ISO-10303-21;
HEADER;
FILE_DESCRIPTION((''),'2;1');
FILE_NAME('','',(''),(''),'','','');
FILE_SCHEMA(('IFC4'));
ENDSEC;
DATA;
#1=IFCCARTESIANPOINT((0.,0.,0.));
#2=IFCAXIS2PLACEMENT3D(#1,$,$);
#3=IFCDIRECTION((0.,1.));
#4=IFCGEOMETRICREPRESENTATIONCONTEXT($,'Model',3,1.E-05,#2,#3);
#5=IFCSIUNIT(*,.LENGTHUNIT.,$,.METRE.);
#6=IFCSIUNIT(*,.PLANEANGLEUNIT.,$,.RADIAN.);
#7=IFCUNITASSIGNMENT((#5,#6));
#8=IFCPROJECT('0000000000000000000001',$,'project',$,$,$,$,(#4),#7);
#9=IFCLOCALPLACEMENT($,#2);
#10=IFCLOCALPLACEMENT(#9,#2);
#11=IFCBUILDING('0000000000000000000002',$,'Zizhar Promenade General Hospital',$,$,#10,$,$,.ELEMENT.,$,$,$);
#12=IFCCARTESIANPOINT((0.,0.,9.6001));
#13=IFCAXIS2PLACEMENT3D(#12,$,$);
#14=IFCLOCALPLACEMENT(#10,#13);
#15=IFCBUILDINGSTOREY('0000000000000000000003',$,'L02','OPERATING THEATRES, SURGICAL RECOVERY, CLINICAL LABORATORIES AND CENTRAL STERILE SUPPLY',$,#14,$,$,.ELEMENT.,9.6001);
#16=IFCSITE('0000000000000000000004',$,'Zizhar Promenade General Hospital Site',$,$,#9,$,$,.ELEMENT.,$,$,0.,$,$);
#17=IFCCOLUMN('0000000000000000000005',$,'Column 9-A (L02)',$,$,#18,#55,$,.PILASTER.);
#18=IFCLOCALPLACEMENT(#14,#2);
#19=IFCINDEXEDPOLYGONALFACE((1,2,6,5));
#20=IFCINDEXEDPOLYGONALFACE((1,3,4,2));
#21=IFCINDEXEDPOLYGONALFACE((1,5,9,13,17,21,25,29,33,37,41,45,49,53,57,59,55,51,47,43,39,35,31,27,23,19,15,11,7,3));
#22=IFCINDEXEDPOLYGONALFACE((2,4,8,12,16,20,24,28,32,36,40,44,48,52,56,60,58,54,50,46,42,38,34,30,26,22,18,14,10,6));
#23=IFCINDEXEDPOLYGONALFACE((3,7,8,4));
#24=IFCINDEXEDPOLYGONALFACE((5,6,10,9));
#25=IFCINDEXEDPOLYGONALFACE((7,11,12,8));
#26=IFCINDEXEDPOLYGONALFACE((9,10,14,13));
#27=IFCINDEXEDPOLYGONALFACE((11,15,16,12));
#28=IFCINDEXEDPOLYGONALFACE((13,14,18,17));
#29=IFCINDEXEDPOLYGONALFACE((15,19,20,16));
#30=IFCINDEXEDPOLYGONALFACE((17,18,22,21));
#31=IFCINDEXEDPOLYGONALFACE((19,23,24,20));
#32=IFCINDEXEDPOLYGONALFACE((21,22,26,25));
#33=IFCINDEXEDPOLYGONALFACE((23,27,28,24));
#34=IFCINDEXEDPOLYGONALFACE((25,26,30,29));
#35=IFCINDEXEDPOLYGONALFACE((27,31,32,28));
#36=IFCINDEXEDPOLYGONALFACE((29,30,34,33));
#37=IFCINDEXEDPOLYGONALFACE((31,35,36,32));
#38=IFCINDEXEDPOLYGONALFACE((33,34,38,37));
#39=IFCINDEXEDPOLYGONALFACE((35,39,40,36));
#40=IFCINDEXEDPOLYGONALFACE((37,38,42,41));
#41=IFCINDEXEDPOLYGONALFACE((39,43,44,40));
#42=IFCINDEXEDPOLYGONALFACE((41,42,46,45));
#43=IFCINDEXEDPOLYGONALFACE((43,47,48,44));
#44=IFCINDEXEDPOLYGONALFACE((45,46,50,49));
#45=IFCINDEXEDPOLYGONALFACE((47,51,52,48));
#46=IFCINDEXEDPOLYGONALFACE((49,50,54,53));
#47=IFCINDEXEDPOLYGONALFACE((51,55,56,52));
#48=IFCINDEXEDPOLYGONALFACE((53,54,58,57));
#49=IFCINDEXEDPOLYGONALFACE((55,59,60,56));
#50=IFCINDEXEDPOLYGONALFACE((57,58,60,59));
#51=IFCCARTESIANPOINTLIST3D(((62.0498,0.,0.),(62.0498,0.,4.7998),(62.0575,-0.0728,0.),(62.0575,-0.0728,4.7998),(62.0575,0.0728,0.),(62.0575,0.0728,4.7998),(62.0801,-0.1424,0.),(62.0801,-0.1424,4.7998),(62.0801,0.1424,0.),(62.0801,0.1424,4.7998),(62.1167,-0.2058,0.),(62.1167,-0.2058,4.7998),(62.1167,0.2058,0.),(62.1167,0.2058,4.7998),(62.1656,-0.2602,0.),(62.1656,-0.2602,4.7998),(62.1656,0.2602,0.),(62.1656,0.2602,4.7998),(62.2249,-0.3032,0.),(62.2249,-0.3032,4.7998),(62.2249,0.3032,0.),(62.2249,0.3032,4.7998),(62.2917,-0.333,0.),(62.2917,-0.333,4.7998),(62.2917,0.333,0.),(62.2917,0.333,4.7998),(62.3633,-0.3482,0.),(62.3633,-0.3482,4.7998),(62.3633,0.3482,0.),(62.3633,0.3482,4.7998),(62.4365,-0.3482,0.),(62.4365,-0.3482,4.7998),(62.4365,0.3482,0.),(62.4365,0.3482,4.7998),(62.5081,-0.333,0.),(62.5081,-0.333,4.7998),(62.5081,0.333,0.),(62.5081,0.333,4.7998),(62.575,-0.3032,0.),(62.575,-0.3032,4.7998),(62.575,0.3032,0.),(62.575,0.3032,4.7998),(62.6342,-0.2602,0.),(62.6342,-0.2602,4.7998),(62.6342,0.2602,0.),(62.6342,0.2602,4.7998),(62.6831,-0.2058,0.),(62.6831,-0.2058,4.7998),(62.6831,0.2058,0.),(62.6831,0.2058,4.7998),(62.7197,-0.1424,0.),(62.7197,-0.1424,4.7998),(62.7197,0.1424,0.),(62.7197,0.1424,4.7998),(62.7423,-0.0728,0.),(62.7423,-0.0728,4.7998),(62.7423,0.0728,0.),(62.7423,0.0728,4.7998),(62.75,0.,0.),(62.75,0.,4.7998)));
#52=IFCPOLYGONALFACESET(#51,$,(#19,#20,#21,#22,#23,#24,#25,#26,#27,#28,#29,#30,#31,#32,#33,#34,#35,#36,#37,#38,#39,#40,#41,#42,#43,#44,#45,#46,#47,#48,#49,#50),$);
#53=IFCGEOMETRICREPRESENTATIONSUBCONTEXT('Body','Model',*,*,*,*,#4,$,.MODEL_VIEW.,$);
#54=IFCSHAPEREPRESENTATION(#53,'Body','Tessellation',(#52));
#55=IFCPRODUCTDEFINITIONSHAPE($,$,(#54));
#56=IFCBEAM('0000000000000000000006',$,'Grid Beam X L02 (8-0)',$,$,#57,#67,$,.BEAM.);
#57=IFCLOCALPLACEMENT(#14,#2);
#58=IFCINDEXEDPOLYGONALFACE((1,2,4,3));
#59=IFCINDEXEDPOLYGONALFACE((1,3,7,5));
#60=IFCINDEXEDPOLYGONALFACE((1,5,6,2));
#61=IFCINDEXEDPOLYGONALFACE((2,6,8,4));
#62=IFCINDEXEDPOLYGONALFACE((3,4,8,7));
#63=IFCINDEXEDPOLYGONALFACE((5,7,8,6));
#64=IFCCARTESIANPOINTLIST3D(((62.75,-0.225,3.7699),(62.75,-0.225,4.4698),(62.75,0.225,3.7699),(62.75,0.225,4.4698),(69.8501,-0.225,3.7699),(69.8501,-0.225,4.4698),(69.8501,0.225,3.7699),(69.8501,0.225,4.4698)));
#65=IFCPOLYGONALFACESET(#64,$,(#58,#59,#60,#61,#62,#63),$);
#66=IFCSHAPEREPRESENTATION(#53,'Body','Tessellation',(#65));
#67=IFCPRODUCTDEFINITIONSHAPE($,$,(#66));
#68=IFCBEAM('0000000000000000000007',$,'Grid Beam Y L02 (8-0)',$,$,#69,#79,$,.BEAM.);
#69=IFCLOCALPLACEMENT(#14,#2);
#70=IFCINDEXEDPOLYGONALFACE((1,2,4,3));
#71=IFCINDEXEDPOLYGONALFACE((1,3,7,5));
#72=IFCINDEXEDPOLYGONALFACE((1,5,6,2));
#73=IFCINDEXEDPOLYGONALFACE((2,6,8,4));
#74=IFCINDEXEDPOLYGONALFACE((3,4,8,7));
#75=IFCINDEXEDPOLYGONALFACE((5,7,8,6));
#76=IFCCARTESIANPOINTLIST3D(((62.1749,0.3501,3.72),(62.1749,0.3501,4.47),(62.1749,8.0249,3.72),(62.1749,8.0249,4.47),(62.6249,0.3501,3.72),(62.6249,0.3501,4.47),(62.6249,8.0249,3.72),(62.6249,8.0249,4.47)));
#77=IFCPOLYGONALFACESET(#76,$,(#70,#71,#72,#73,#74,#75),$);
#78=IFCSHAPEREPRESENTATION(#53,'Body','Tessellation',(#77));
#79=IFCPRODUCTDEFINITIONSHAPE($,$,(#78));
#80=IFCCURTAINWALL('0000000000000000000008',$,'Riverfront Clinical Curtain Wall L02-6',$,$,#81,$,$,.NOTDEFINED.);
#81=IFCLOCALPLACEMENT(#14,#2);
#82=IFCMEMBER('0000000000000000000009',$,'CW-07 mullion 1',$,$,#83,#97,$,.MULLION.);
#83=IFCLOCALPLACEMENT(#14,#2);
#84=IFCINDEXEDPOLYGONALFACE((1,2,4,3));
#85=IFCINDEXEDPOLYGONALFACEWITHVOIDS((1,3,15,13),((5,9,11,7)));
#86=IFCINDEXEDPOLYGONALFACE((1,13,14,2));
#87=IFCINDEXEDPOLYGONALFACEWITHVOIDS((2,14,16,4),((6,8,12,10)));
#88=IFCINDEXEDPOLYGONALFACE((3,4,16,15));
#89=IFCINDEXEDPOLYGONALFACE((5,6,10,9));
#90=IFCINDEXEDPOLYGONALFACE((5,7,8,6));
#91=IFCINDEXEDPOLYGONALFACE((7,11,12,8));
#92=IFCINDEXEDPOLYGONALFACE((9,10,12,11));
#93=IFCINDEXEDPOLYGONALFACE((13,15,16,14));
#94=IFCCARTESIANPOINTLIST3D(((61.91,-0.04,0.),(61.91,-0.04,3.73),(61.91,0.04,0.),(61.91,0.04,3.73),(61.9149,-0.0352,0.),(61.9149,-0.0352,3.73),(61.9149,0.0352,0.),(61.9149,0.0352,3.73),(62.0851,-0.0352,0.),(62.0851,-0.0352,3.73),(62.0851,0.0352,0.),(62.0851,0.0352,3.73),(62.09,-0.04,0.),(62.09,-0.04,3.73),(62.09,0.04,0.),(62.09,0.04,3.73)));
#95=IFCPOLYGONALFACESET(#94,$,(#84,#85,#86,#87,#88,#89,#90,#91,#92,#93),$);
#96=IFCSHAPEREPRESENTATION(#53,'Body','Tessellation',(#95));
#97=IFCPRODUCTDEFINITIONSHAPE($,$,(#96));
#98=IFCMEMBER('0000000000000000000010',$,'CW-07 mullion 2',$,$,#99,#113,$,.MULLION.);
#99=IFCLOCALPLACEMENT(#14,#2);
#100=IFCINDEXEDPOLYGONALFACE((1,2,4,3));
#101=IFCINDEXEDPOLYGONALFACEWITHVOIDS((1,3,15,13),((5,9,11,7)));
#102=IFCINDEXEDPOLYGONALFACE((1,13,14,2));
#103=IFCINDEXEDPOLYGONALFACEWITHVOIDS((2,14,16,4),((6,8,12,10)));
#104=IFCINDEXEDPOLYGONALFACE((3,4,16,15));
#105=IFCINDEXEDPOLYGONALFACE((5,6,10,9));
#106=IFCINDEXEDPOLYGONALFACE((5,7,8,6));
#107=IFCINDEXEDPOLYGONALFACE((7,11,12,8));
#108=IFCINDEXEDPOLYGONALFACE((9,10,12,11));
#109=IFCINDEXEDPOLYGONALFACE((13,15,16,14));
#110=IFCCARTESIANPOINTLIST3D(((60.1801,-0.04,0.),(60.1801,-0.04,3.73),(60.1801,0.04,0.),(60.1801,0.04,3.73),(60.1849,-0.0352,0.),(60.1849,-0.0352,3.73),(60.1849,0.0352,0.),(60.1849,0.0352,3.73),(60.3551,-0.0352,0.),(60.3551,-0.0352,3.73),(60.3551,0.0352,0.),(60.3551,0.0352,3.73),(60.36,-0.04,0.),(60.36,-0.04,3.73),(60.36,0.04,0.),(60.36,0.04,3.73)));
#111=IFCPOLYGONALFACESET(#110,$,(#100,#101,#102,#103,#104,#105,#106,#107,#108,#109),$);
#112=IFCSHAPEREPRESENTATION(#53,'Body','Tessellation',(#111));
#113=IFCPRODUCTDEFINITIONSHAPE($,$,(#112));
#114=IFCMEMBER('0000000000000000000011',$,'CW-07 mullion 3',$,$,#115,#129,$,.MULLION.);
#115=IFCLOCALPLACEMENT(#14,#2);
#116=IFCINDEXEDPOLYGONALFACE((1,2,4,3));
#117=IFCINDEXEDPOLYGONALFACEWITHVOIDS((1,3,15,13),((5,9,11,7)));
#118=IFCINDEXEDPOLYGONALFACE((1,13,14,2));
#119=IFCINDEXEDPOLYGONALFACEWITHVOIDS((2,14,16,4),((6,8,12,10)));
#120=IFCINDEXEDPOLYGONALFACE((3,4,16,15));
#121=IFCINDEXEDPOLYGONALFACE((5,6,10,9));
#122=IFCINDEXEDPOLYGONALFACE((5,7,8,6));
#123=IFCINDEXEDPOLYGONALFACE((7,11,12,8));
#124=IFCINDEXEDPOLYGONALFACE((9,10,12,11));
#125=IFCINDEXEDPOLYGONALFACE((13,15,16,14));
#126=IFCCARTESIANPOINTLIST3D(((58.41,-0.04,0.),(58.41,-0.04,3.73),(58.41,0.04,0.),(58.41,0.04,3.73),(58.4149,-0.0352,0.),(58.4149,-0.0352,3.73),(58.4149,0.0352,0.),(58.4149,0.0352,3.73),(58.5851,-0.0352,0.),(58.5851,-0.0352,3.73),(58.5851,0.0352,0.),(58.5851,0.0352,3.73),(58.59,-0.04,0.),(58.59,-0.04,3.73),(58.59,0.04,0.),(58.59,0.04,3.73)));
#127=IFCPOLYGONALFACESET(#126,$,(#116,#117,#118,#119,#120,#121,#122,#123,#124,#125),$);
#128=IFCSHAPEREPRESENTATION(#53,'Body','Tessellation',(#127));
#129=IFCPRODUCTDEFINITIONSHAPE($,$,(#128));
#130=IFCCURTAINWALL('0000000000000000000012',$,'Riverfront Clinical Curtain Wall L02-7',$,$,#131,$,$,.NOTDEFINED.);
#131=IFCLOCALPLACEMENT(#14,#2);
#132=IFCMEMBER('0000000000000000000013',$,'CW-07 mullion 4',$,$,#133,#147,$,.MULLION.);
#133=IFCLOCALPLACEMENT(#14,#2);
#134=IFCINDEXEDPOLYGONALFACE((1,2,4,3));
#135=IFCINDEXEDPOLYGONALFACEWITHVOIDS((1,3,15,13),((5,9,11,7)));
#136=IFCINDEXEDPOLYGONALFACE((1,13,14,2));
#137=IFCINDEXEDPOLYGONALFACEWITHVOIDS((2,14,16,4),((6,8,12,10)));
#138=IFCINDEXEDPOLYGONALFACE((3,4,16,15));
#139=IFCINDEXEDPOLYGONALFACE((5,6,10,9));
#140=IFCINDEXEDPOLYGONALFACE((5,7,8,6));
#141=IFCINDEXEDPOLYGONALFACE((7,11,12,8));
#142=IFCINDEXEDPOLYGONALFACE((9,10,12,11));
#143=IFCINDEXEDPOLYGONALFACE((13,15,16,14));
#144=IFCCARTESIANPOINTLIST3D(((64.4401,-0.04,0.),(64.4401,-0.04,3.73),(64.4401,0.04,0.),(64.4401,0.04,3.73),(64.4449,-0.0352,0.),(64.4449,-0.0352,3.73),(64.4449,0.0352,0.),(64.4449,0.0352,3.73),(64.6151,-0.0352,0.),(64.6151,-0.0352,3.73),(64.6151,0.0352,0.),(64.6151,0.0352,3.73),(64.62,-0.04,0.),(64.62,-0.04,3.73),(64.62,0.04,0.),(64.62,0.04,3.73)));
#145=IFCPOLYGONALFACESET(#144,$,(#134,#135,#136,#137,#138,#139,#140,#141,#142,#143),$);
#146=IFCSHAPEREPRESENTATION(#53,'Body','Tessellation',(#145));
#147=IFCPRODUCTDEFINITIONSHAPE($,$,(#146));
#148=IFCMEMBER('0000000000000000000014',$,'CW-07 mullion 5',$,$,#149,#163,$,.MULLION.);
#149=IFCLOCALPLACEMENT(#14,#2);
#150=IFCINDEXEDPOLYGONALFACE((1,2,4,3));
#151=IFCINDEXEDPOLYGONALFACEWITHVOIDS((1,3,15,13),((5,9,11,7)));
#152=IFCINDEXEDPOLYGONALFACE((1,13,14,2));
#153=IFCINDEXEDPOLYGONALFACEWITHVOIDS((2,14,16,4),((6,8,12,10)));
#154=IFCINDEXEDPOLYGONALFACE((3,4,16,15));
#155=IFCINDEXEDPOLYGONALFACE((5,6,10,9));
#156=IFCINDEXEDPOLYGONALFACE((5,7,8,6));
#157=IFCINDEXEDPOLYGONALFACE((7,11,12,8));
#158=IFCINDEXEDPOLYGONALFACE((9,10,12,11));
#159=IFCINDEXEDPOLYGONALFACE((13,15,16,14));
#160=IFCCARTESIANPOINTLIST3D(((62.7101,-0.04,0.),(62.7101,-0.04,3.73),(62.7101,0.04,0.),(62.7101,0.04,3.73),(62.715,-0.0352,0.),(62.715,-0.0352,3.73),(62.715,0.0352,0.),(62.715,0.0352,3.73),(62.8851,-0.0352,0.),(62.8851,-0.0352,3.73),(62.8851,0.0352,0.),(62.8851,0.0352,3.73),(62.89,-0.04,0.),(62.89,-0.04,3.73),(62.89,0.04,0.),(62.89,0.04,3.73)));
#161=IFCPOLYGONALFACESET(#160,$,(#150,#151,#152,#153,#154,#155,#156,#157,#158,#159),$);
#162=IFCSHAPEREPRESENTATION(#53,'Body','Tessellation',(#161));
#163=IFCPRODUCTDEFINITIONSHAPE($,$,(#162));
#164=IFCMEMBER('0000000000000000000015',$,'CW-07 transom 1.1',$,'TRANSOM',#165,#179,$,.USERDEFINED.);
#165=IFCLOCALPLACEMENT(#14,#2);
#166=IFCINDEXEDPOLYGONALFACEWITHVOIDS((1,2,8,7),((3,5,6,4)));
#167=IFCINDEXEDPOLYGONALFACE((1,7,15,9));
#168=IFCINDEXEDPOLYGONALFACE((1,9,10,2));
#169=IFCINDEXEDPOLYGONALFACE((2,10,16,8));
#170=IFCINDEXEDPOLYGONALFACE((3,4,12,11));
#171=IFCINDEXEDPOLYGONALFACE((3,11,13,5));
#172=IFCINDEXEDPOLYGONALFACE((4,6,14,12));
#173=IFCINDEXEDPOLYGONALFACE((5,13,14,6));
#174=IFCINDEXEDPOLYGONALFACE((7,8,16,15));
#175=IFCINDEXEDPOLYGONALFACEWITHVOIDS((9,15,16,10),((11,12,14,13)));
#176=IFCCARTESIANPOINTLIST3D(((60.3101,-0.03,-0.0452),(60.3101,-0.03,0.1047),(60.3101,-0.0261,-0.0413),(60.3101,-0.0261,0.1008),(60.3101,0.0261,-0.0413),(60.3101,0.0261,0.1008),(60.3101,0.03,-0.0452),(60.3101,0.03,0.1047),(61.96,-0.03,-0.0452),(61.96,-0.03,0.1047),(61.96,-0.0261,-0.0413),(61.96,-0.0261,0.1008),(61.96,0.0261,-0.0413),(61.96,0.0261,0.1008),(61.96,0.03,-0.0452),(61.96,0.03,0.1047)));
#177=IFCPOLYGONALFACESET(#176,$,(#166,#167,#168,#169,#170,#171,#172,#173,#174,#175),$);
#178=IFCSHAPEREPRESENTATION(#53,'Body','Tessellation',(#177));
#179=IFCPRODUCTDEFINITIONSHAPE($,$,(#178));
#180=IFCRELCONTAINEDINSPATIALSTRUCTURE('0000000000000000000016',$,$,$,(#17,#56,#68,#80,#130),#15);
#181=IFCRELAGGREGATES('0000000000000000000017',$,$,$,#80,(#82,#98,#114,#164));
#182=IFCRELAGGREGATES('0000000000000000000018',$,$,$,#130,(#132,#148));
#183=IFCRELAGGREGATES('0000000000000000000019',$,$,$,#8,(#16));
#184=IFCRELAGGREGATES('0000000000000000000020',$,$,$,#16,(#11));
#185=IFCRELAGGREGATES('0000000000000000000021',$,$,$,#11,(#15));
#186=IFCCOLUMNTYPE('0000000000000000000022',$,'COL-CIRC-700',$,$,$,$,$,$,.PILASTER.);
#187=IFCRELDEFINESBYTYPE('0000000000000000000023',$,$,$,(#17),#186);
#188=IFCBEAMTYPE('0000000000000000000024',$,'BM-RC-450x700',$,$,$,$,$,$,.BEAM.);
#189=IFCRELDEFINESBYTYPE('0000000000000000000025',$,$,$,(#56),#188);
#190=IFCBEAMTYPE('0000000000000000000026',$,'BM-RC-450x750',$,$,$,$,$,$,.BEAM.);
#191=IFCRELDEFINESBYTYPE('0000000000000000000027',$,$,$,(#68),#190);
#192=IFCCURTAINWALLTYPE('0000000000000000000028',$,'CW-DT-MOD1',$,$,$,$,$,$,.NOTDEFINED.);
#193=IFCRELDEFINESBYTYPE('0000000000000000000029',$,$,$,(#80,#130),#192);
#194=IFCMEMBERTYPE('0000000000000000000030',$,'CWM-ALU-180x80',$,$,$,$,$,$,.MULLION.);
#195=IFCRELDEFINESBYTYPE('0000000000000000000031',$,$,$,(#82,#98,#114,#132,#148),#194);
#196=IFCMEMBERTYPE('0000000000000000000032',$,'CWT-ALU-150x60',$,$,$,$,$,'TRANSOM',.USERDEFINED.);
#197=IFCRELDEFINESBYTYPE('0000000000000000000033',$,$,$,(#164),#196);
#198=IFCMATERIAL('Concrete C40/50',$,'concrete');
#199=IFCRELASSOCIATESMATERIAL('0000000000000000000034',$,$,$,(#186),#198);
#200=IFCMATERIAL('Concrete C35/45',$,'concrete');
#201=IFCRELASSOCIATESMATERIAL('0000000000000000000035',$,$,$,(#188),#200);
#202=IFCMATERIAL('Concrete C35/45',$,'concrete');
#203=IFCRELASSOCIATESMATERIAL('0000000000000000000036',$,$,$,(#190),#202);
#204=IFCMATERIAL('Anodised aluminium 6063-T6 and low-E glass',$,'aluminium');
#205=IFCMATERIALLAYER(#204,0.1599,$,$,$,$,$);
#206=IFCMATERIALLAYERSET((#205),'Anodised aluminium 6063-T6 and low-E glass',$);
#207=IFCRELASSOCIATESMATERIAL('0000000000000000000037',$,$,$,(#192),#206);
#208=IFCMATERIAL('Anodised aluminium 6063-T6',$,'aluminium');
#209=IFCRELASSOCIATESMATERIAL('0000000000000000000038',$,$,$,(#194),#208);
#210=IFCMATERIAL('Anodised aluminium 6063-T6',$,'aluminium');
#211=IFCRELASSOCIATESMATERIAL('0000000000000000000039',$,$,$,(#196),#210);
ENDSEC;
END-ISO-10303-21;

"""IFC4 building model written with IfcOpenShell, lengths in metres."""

from ifc_helpers import new_model, si_unit, direction, frame, origin, origin_2d, place, context, subcontext, project, spatial, rectangle, hollow_rectangle, circle, extrude, material, layer, layer_set, material_profile, profile_set, type_object, element, aggregate, save


model = new_model("IFC4")

# Units and contexts
model_context = context("Model", 3, precision=1e-05, world=origin(), true_north=direction((0.0, 1.0)))
body_context = subcontext(model_context, "Body", "Model", "MODEL_VIEW")
ifc_project = project(units=[si_unit("LENGTHUNIT", "METRE"), si_unit("PLANEANGLEUNIT", "RADIAN")], contexts=[model_context])

# Site, building, storey
site_placement = place(None, origin())
site = spatial("IfcSite", under=ifc_project, at=site_placement, Name="Zizhar Promenade General Hospital Site", CompositionType="ELEMENT", RefElevation=0.0)
building_placement = place(site_placement, origin())
building = spatial("IfcBuilding", under=site, at=building_placement, Name="Zizhar Promenade General Hospital", CompositionType="ELEMENT")
storey_placement = place(building_placement, frame((0.0, 0.0, 9.6001)))
storey = spatial("IfcBuildingStorey", under=building, at=storey_placement, Name="L02", Description="OPERATING THEATRES, SURGICAL RECOVERY, CLINICAL LABORATORIES AND CENTRAL STERILE SUPPLY", CompositionType="ELEMENT", Elevation=9.6001)

# Column
ifc_material_1 = material(Name="Concrete C40/50", Category="concrete")
ifc_material_profile_1 = material_profile(ifc_material_1, circle(Radius=0.3501, at=origin_2d()))
ifc_profile_set_1 = profile_set([ifc_material_profile_1], Name="Concrete C40/50")
column_type = type_object("IfcColumnType", Name="COL-CIRC-700", PredefinedType="PILASTER", material=ifc_profile_set_1)
column_placement = place(storey_placement, frame((62.3999, 0.0, 0.0), z_axis=(0.0, 0.0, 1.0), x_axis=(1.0, 0.0, 0.0)))
element("IfcColumn", 1, at=column_placement, inside=storey, type_object=column_type, Name="Column 9-A (L02)", PredefinedType="PILASTER", context=body_context, shape_type="SweptSolid", body=[
    extrude(circle(Radius=0.3501, at=origin_2d()), origin(), (0.0, 0.0, 1.0), 4.7998),
])

# Beams
ifc_material_2 = material(Name="Concrete C35/45", Category="concrete")
ifc_material_profile_2 = material_profile(ifc_material_2, rectangle(XDim=0.45, YDim=0.7, at=origin_2d()))
ifc_profile_set_2 = profile_set([ifc_material_profile_2], Name="Concrete C35/45")
beam_type_1 = type_object("IfcBeamType", Name="BM-RC-450x700", PredefinedType="BEAM", material=ifc_profile_set_2)
beam_1_placement = place(storey_placement, frame((62.75, 0.0, 4.1199), z_axis=(1.0, 0.0, 0.0), x_axis=(0.0, 1.0, 0.0)))
element("IfcBeam", 2, at=beam_1_placement, inside=storey, type_object=beam_type_1, Name="Grid Beam X L02 (8-0)", PredefinedType="BEAM", context=body_context, shape_type="SweptSolid", body=[
    extrude(rectangle(XDim=0.45, YDim=0.7, at=origin_2d()), origin(), (0.0, 0.0, 1.0), 7.1001),
])
ifc_material_3 = material(Name="Concrete C35/45", Category="concrete")
ifc_material_profile_3 = material_profile(ifc_material_3, rectangle(XDim=0.45, YDim=0.75, at=origin_2d()))
ifc_profile_set_3 = profile_set([ifc_material_profile_3], Name="Concrete C35/45")
beam_type_2 = type_object("IfcBeamType", Name="BM-RC-450x750", PredefinedType="BEAM", material=ifc_profile_set_3)
beam_2_placement = place(storey_placement, frame((62.3999, 0.3501, 4.095), z_axis=(0.0, 1.0, 0.0), x_axis=(-1.0, 0.0, 0.0)))
element("IfcBeam", 3, at=beam_2_placement, inside=storey, type_object=beam_type_2, Name="Grid Beam Y L02 (8-0)", PredefinedType="BEAM", context=body_context, shape_type="SweptSolid", body=[
    extrude(rectangle(XDim=0.45, YDim=0.75, at=origin_2d()), origin(), (0.0, 0.0, 1.0), 7.6748),
])

# Curtain walls, members
ifc_material_4 = material(Name="Anodised aluminium 6063-T6 and low-E glass", Category="aluminium")
ifc_layer_1 = layer(ifc_material_4, 0.1599)
ifc_layer_set_1 = layer_set([ifc_layer_1], Name="Anodised aluminium 6063-T6 and low-E glass")
curtain_wall_type = type_object("IfcCurtainWallType", Name="CW-DT-MOD1", PredefinedType="NOTDEFINED", material=ifc_layer_set_1)
curtain_wall_1_placement = place(storey_placement, origin())
curtain_wall_1 = element("IfcCurtainWall", 4, at=curtain_wall_1_placement, inside=storey, type_object=curtain_wall_type, Name="Riverfront Clinical Curtain Wall L02-6", PredefinedType="NOTDEFINED")
ifc_material_5 = material(Name="Anodised aluminium 6063-T6", Category="aluminium")
ifc_material_profile_4 = material_profile(ifc_material_5, hollow_rectangle(XDim=0.0801, YDim=0.1799, WallThickness=0.0049, at=origin_2d()))
ifc_profile_set_4 = profile_set([ifc_material_profile_4], Name="Anodised aluminium 6063-T6")
member_type_1 = type_object("IfcMemberType", Name="CWM-ALU-180x80", PredefinedType="MULLION", material=ifc_profile_set_4)
member_1_placement = place(storey_placement, frame((62.0, 0.0, 0.0), z_axis=(0.0, 0.0, 1.0), x_axis=(0.0, -1.0, 0.0)))
member_1 = element("IfcMember", 5, at=member_1_placement, type_object=member_type_1, Name="CW-07 mullion 1", PredefinedType="MULLION", context=body_context, shape_type="SweptSolid", body=[
    extrude(hollow_rectangle(XDim=0.0801, YDim=0.1799, WallThickness=0.0049, at=origin_2d()), origin(), (0.0, 0.0, 1.0), 3.73),
])
member_2_placement = place(storey_placement, frame((60.27, 0.0, 0.0), z_axis=(0.0, 0.0, 1.0), x_axis=(0.0, -1.0, 0.0)))
member_2 = element("IfcMember", 6, at=member_2_placement, type_object=member_type_1, Name="CW-07 mullion 2", PredefinedType="MULLION", context=body_context, shape_type="SweptSolid", body=[
    extrude(hollow_rectangle(XDim=0.0801, YDim=0.1799, WallThickness=0.0049, at=origin_2d()), origin(), (0.0, 0.0, 1.0), 3.73),
])
member_3_placement = place(storey_placement, frame((58.5, 0.0, 0.0), z_axis=(0.0, 0.0, 1.0), x_axis=(0.0, -1.0, 0.0)))
member_3 = element("IfcMember", 7, at=member_3_placement, type_object=member_type_1, Name="CW-07 mullion 3", PredefinedType="MULLION", context=body_context, shape_type="SweptSolid", body=[
    extrude(hollow_rectangle(XDim=0.0801, YDim=0.1799, WallThickness=0.0049, at=origin_2d()), origin(), (0.0, 0.0, 1.0), 3.73),
])
curtain_wall_2_placement = place(storey_placement, origin())
curtain_wall_2 = element("IfcCurtainWall", 8, at=curtain_wall_2_placement, inside=storey, type_object=curtain_wall_type, Name="Riverfront Clinical Curtain Wall L02-7", PredefinedType="NOTDEFINED")
member_4_placement = place(storey_placement, frame((64.53, 0.0, 0.0), z_axis=(0.0, 0.0, 1.0), x_axis=(0.0, -1.0, 0.0)))
member_4 = element("IfcMember", 9, at=member_4_placement, type_object=member_type_1, Name="CW-07 mullion 4", PredefinedType="MULLION", context=body_context, shape_type="SweptSolid", body=[
    extrude(hollow_rectangle(XDim=0.0801, YDim=0.1799, WallThickness=0.0049, at=origin_2d()), origin(), (0.0, 0.0, 1.0), 3.73),
])
member_5_placement = place(storey_placement, frame((62.8, 0.0, 0.0), z_axis=(0.0, 0.0, 1.0), x_axis=(0.0, -1.0, 0.0)))
member_5 = element("IfcMember", 10, at=member_5_placement, type_object=member_type_1, Name="CW-07 mullion 5", PredefinedType="MULLION", context=body_context, shape_type="SweptSolid", body=[
    extrude(hollow_rectangle(XDim=0.0801, YDim=0.1799, WallThickness=0.0049, at=origin_2d()), origin(), (0.0, 0.0, 1.0), 3.73),
])

# Member
ifc_material_6 = material(Name="Anodised aluminium 6063-T6", Category="aluminium")
ifc_material_profile_5 = material_profile(ifc_material_6, hollow_rectangle(XDim=0.0601, YDim=0.1499, WallThickness=0.0039, at=origin_2d()))
ifc_profile_set_5 = profile_set([ifc_material_profile_5], Name="Anodised aluminium 6063-T6")
member_type_2 = type_object("IfcMemberType", Name="CWT-ALU-150x60", ElementType="TRANSOM", PredefinedType="USERDEFINED", material=ifc_profile_set_5)
member_6_placement = place(storey_placement, frame((61.96, 0.0, 0.0298), z_axis=(-1.0, 0.0, 0.0), x_axis=(0.0, -1.0, 0.0)))
member_6 = element("IfcMember", 11, at=member_6_placement, type_object=member_type_2, Name="CW-07 transom 1.1", ObjectType="TRANSOM", PredefinedType="USERDEFINED", context=body_context, shape_type="SweptSolid", body=[
    extrude(hollow_rectangle(XDim=0.0601, YDim=0.1499, WallThickness=0.0039, at=origin_2d()), origin(), (0.0, 0.0, 1.0), 1.6499),
])

aggregate(curtain_wall_1, [member_1, member_2, member_3, member_6])
aggregate(curtain_wall_2, [member_4, member_5])

save(model, "model.ifc")
